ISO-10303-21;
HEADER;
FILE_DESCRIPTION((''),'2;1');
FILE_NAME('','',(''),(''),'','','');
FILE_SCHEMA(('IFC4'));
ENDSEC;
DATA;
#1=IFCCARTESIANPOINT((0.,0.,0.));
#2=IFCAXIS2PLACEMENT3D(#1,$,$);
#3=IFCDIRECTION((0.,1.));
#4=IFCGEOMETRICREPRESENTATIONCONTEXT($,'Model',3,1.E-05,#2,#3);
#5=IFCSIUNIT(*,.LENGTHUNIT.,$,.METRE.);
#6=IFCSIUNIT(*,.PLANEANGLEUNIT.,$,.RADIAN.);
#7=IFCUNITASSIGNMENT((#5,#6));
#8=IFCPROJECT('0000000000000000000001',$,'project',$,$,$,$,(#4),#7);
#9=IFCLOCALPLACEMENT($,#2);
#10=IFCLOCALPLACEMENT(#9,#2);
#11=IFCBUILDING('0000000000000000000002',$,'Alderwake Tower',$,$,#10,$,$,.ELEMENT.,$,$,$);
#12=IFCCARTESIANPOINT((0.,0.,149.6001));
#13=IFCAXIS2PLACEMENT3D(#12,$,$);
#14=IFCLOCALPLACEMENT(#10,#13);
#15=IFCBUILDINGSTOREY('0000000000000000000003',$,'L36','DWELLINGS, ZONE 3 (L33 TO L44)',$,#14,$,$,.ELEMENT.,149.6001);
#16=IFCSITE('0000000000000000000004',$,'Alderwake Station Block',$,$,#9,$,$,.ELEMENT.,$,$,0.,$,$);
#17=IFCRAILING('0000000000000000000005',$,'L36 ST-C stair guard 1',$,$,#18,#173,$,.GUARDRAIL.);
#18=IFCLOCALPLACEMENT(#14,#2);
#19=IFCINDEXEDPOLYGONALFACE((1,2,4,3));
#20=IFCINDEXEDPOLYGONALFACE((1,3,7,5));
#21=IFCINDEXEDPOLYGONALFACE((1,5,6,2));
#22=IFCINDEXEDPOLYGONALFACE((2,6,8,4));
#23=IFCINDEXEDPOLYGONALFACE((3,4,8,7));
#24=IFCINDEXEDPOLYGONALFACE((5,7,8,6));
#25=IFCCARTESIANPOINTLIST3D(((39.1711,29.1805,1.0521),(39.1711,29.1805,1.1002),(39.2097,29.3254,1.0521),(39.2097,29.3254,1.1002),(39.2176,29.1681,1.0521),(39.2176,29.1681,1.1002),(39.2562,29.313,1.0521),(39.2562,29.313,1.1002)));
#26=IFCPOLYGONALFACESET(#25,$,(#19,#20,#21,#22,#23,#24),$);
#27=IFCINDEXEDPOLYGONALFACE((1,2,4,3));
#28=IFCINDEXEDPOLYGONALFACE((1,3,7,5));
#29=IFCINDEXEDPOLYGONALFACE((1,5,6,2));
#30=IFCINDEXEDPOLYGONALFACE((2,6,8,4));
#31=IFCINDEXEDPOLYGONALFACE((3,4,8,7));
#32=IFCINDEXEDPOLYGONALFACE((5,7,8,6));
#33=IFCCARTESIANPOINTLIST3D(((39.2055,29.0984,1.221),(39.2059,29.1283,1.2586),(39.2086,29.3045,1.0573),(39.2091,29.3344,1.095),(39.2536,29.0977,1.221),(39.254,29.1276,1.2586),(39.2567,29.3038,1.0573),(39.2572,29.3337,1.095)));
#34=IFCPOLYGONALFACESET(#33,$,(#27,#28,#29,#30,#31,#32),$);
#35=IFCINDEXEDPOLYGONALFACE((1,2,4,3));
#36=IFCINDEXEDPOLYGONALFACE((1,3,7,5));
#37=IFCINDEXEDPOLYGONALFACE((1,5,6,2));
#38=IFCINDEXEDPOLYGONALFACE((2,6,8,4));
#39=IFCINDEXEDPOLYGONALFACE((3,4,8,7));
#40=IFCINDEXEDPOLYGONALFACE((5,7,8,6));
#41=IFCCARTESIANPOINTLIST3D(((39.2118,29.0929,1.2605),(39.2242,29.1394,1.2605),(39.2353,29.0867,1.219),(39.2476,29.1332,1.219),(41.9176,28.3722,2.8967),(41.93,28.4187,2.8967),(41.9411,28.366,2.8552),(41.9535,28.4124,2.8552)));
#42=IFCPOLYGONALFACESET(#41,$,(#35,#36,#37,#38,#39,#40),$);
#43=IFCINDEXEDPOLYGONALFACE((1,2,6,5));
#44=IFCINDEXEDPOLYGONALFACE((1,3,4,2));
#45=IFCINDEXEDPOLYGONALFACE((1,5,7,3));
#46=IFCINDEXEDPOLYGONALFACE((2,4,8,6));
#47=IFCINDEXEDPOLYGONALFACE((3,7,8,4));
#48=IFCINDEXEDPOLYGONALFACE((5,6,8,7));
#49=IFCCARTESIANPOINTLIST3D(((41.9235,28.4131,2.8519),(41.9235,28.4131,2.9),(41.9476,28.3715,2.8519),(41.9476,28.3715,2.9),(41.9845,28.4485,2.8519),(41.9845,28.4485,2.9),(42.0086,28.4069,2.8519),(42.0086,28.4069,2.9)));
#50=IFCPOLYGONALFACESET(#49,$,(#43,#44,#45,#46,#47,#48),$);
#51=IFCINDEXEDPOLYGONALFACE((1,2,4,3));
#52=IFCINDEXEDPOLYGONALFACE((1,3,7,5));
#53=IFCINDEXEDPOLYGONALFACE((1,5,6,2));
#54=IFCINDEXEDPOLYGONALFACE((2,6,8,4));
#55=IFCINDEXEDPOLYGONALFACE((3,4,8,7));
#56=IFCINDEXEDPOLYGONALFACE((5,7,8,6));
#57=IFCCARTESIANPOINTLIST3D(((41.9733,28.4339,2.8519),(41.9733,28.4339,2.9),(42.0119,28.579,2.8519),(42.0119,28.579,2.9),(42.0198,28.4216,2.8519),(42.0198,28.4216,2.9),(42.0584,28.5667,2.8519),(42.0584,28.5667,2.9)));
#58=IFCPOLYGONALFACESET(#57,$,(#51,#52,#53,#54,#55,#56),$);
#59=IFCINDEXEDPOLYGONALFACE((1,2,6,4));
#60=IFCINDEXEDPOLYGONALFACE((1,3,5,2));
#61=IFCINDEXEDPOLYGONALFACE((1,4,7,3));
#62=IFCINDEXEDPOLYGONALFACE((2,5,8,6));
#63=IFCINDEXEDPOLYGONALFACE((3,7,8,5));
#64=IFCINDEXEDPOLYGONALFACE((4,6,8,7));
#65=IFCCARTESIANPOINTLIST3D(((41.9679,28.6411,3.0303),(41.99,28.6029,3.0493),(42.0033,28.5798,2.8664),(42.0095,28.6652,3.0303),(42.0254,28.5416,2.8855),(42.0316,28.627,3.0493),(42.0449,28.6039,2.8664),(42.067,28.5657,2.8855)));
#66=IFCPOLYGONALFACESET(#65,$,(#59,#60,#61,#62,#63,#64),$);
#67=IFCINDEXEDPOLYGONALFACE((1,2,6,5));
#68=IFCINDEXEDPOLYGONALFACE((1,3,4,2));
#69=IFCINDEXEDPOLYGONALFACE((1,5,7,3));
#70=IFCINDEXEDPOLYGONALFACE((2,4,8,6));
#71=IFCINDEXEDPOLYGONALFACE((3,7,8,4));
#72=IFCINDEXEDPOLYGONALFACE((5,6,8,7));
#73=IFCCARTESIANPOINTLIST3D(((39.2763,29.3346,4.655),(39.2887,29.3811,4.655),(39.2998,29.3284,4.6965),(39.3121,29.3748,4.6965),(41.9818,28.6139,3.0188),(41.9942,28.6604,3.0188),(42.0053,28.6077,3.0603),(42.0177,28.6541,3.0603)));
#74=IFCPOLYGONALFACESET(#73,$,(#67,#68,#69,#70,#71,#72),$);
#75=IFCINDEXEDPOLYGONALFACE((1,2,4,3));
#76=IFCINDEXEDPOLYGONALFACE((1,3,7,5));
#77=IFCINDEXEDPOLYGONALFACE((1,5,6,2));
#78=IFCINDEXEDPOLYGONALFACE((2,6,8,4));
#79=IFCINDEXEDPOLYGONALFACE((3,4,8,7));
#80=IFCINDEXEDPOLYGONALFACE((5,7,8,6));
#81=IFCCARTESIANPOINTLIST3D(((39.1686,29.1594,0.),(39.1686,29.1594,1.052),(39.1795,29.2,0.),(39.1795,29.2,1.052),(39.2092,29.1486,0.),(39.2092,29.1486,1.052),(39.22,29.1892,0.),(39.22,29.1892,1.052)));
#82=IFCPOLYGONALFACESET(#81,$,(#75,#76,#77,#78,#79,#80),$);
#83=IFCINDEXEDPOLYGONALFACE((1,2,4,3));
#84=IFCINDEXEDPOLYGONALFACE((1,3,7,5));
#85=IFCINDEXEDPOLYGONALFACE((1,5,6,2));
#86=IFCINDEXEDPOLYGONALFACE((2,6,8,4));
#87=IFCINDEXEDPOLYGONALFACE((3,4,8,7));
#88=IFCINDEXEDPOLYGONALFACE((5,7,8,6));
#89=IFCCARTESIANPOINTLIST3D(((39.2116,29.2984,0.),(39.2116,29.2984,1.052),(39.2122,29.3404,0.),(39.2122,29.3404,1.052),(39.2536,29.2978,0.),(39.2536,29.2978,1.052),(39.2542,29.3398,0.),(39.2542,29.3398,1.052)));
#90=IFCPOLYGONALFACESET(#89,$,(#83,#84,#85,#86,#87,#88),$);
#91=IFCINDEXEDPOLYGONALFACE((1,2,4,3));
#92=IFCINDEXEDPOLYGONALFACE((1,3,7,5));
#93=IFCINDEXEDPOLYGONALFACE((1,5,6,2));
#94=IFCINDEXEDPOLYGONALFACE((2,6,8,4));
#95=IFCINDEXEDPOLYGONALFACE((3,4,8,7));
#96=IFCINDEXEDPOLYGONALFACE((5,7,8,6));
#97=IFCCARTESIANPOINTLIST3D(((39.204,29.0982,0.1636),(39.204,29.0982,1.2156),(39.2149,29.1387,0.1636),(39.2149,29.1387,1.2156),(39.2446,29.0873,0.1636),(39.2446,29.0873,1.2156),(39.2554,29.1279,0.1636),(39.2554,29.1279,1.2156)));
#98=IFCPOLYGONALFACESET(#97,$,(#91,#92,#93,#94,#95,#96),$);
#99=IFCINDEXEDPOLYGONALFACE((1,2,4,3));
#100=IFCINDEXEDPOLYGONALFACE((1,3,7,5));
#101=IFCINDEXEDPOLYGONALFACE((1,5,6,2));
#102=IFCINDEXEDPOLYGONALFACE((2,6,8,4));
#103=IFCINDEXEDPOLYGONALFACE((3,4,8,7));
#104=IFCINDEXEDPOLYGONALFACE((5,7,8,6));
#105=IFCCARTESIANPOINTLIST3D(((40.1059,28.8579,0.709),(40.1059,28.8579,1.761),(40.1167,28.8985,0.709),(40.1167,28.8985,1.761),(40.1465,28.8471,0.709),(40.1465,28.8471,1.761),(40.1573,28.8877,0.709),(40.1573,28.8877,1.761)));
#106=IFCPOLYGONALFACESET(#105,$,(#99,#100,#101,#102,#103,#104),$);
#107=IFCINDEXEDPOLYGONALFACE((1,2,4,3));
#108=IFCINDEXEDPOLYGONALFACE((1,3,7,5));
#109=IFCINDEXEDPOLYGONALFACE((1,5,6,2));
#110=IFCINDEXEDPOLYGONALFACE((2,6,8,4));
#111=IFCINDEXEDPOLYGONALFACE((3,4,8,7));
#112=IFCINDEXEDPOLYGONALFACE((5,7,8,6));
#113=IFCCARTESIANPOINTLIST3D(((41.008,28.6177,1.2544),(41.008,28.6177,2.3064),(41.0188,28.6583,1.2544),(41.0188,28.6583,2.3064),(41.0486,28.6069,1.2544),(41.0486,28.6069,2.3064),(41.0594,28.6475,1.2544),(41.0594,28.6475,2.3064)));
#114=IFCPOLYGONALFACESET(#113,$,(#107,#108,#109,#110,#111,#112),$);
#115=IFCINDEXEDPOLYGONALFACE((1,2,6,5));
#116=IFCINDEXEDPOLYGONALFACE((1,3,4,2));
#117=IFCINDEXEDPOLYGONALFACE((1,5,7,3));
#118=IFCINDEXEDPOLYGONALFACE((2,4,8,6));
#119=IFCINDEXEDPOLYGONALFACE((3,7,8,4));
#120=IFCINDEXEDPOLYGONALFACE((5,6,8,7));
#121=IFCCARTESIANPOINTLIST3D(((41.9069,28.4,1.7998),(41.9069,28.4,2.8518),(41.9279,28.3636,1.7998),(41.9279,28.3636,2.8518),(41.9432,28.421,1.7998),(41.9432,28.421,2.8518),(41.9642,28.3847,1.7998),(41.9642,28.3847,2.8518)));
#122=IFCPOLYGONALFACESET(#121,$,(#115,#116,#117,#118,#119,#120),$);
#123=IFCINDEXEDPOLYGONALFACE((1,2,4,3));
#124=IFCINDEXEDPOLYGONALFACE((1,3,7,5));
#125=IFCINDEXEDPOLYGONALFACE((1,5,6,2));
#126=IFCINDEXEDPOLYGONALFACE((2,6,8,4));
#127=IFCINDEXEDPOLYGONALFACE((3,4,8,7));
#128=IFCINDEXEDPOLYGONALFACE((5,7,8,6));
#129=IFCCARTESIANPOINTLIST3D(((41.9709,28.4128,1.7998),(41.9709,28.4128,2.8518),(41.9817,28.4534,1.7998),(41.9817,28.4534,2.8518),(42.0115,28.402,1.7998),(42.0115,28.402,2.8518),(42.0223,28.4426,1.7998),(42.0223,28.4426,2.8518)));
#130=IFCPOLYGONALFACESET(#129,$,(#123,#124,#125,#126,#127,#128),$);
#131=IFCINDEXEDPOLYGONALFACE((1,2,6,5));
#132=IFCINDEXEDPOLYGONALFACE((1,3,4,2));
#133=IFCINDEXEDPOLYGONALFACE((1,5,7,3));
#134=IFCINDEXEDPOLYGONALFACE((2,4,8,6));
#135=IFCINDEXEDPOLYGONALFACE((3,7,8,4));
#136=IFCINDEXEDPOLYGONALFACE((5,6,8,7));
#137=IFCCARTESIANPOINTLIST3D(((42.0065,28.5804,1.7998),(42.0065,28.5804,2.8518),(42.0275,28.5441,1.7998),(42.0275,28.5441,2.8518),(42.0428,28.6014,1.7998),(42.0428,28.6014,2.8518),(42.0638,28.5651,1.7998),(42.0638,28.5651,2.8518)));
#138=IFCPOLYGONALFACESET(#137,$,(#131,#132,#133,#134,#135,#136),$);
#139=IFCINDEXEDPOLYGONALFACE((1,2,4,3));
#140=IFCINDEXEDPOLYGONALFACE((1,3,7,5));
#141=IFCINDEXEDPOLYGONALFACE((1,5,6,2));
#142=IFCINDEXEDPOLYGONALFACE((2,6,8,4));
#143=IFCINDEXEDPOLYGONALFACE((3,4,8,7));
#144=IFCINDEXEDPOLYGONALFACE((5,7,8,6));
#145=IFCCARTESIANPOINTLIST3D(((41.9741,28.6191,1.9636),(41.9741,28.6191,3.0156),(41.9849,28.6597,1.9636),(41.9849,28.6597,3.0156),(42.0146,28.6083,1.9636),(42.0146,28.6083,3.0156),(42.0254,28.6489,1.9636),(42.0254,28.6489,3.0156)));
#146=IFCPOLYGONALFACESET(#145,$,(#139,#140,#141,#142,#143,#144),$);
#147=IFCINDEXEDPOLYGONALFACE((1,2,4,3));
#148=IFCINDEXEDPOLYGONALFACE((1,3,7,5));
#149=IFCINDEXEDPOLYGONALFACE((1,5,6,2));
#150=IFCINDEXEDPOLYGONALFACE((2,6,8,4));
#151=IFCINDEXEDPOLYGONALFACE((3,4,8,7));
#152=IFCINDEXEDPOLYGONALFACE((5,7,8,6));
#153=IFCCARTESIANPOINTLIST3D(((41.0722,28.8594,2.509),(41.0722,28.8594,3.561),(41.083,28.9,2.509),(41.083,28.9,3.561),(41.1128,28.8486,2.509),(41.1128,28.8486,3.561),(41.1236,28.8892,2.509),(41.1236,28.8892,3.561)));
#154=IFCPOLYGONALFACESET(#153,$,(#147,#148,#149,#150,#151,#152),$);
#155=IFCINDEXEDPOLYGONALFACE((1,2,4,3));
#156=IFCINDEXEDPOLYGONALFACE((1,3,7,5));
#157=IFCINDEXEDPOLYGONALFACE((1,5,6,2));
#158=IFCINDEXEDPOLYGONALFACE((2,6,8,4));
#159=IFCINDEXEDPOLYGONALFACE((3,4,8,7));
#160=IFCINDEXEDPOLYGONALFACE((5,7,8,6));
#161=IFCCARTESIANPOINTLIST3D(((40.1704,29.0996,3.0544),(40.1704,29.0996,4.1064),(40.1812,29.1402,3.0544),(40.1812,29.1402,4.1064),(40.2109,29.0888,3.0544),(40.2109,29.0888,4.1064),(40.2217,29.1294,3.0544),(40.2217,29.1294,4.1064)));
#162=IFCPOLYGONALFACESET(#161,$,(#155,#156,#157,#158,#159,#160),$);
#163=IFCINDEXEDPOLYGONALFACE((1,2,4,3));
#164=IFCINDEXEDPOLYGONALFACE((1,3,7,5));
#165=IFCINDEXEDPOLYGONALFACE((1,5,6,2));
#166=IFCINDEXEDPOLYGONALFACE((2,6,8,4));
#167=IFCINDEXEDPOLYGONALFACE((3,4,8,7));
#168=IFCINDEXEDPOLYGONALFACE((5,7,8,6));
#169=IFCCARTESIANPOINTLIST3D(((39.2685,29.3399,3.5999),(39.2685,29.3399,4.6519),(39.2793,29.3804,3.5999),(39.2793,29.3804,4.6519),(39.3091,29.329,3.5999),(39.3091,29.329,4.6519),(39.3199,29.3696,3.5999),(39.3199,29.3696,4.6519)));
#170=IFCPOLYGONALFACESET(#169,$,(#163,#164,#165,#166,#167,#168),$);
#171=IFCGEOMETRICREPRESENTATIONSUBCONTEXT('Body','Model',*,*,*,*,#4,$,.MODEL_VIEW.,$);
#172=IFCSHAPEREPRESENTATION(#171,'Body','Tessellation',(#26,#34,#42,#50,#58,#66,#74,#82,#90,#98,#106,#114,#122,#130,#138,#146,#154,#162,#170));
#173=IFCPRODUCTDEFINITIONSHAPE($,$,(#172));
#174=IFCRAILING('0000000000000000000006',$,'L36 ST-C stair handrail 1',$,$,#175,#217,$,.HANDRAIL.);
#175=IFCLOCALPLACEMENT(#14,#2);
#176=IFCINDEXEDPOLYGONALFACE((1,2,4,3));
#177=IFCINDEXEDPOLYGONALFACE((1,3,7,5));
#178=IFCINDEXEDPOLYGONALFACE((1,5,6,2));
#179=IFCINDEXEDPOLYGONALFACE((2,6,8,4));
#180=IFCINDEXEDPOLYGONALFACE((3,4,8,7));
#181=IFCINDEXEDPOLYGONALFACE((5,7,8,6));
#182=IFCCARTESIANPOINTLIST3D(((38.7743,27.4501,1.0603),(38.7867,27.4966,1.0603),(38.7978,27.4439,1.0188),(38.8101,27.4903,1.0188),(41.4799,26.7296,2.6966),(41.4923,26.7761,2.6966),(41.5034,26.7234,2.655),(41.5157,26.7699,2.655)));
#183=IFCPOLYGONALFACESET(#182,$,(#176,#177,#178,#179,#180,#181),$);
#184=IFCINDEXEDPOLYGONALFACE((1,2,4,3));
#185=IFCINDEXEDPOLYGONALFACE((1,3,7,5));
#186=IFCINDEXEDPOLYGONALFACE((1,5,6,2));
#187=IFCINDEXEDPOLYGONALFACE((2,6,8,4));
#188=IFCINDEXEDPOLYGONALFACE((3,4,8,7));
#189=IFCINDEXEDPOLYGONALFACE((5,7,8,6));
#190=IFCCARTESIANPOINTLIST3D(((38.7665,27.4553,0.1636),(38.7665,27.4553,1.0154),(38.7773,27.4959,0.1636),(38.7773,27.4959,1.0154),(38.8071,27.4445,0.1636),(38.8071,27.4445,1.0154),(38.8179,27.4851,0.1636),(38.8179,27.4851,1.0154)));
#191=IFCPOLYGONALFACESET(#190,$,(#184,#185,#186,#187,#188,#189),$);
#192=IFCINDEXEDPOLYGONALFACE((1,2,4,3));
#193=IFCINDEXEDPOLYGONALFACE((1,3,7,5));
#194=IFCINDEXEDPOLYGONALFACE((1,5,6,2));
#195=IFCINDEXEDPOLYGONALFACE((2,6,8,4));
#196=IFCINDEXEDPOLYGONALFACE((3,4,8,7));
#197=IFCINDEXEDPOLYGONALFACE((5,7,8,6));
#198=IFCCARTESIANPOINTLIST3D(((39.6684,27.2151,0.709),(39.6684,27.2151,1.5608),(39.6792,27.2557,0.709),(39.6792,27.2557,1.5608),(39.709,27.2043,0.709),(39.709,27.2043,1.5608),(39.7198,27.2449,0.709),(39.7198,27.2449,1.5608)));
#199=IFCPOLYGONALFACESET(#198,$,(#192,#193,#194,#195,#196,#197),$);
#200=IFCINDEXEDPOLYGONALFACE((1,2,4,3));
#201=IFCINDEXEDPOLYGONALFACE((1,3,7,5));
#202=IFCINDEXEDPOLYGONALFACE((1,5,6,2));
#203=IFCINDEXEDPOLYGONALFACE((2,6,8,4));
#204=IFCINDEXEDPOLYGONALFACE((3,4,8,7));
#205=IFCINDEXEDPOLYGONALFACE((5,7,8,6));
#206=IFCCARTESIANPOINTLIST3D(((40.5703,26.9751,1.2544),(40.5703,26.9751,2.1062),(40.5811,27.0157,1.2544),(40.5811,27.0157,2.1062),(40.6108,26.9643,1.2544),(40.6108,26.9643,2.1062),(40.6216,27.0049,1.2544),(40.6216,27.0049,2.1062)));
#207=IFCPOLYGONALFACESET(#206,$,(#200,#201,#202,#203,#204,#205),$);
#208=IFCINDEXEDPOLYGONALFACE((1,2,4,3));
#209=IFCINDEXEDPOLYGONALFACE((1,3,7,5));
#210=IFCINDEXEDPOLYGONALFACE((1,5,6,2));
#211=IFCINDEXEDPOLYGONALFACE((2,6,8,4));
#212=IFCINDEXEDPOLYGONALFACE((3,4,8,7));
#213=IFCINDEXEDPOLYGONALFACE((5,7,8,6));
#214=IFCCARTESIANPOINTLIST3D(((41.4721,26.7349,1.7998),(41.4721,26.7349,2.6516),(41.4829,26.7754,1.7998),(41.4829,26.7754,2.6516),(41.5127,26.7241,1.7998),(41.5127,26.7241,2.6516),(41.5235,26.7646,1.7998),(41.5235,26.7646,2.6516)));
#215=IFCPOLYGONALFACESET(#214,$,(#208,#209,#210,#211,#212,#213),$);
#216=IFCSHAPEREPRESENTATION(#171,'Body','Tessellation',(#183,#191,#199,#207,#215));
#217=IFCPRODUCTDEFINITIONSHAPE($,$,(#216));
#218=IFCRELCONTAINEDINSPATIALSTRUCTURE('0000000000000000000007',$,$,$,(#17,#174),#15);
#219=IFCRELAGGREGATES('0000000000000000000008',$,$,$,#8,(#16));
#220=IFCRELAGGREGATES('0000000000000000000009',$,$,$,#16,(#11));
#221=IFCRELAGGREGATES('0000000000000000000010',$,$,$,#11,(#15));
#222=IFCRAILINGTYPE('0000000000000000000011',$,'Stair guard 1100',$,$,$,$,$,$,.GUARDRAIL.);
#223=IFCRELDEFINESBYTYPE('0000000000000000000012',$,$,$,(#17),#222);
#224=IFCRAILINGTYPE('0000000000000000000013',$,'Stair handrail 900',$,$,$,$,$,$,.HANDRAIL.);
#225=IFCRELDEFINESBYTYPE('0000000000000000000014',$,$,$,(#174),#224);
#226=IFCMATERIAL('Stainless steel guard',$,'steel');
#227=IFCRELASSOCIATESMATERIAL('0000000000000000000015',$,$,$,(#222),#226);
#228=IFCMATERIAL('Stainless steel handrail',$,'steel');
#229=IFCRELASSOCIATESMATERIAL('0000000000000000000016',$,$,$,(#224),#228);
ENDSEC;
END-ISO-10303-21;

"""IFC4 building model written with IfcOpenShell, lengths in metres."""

from ifc_helpers import new_model, si_unit, direction, frame, origin, origin_2d, place, context, subcontext, project, spatial, rectangle, extrude, material, type_object, element, save


model = new_model("IFC4")

# Units and contexts
model_context = context("Model", 3, precision=1e-05, world=origin(), true_north=direction((0.0, 1.0)))
body_context = subcontext(model_context, "Body", "Model", "MODEL_VIEW")
ifc_project = project(units=[si_unit("LENGTHUNIT", "METRE"), si_unit("PLANEANGLEUNIT", "RADIAN")], contexts=[model_context])

# Site, building, storey
site_placement = place(None, origin())
site = spatial("IfcSite", under=ifc_project, at=site_placement, Name="Alderwake Station Block", CompositionType="ELEMENT", RefElevation=0.0)
building_placement = place(site_placement, origin())
building = spatial("IfcBuilding", under=site, at=building_placement, Name="Alderwake Tower", CompositionType="ELEMENT")
storey_placement = place(building_placement, frame((0.0, 0.0, 149.6001)))
storey = spatial("IfcBuildingStorey", under=building, at=storey_placement, Name="L36", Description="DWELLINGS, ZONE 3 (L33 TO L44)", CompositionType="ELEMENT", Elevation=149.6001)

# Railings
ifc_material_1 = material(Name="Stainless steel guard", Category="steel")
railing_type_1 = type_object("IfcRailingType", Name="Stair guard 1100", PredefinedType="GUARDRAIL", material=ifc_material_1)
railing_1_placement = place(storey_placement, frame((39.1943, 29.1743, 0.0)))
element("IfcRailing", 1, at=railing_1_placement, inside=storey, type_object=railing_type_1, Name="L36 ST-C stair guard 1", PredefinedType="GUARDRAIL", context=body_context, shape_type="SweptSolid", body=[
    extrude(rectangle(XDim=0.0481, YDim=0.0481, at=origin_2d()), frame((0.0, 0.0, 1.0762), z_axis=(0.25746, 0.966289, 0.0), x_axis=(-0.966289, 0.25746, 0.0)), (0.0, 0.0, 1.0), 0.1499),
    extrude(rectangle(XDim=0.0481, YDim=0.0481, at=origin_2d()), frame((0.0386, 0.1448, 1.0762), z_axis=(-0.012063, -0.78316, 0.621703), x_axis=(0.999881, -0.015401, 0.0)), (0.0, 0.0, 1.0), 0.2632),
    extrude(rectangle(XDim=0.0481, YDim=0.0481, at=origin_2d()), frame((0.0354, -0.0613, 1.2397), z_axis=(0.834314, -0.222223, 0.504518), x_axis=(0.25738, 0.96631, 0.0)), (0.0, 0.0, 1.0), 3.2432),
    extrude(rectangle(XDim=0.0481, YDim=0.0481, at=origin_2d()), frame((2.7412, -0.782, 2.876), z_axis=(0.865031, 0.501718, 0.0), x_axis=(-0.501718, 0.865031, 0.0)), (0.0, 0.0, 1.0), 0.0706),
    extrude(rectangle(XDim=0.0481, YDim=0.0481, at=origin_2d()), frame((2.8022, -0.7466, 2.876), z_axis=(0.257055, 0.966397, 0.0), x_axis=(-0.966397, 0.257055, 0.0)), (0.0, 0.0, 1.0), 0.1501),
    extrude(rectangle(XDim=0.0481, YDim=0.0481, at=origin_2d()), frame((2.8408, -0.6016, 2.876), z_axis=(-0.198376, 0.343395, 0.918001), x_axis=(-0.865898, -0.50022, 0.0)), (0.0, 0.0, 1.0), 0.1785),
    extrude(rectangle(XDim=0.0481, YDim=0.0481, at=origin_2d()), frame((2.8054, -0.5403, 3.0396), z_axis=(-0.834291, 0.222237, 0.504549), x_axis=(-0.257402, -0.966304, 0.0)), (0.0, 0.0, 1.0), 3.2429),
    extrude(rectangle(XDim=0.042, YDim=0.042, at=origin_2d()), frame((0.0, 0.0, 0.0), z_axis=(0.0, 0.0, 1.0), x_axis=(0.25746, 0.966289, 0.0)), (0.0, 0.0, 1.0), 1.052),
    extrude(rectangle(XDim=0.042, YDim=0.042, at=origin_2d()), frame((0.0386, 0.1448, 0.0), z_axis=(0.0, 0.0, 1.0), x_axis=(-0.015401, -0.999881, 0.0)), (0.0, 0.0, 1.0), 1.052),
    extrude(rectangle(XDim=0.042, YDim=0.042, at=origin_2d()), frame((0.0354, -0.0613, 0.1636), z_axis=(0.0, 0.0, 1.0), x_axis=(0.96631, -0.25738, 0.0)), (0.0, 0.0, 1.0), 1.052),
    extrude(rectangle(XDim=0.042, YDim=0.042, at=origin_2d()), frame((0.9373, -0.3015, 0.709), z_axis=(0.0, 0.0, 1.0), x_axis=(0.96631, -0.25738, 0.0)), (0.0, 0.0, 1.0), 1.052),
    extrude(rectangle(XDim=0.042, YDim=0.042, at=origin_2d()), frame((1.8394, -0.5417, 1.2544), z_axis=(0.0, 0.0, 1.0), x_axis=(0.96631, -0.25738, 0.0)), (0.0, 0.0, 1.0), 1.052),
    extrude(rectangle(XDim=0.042, YDim=0.042, at=origin_2d()), frame((2.7412, -0.782, 1.7998), z_axis=(0.0, 0.0, 1.0), x_axis=(0.865031, 0.501718, 0.0)), (0.0, 0.0, 1.0), 1.052),
    extrude(rectangle(XDim=0.042, YDim=0.042, at=origin_2d()), frame((2.8022, -0.7466, 1.7998), z_axis=(0.0, 0.0, 1.0), x_axis=(0.257055, 0.966397, 0.0)), (0.0, 0.0, 1.0), 1.052),
    extrude(rectangle(XDim=0.042, YDim=0.042, at=origin_2d()), frame((2.8408, -0.6016, 1.7998), z_axis=(0.0, 0.0, 1.0), x_axis=(-0.50022, 0.865898, 0.0)), (0.0, 0.0, 1.0), 1.052),
    extrude(rectangle(XDim=0.042, YDim=0.042, at=origin_2d()), frame((2.8054, -0.5403, 1.9636), z_axis=(0.0, 0.0, 1.0), x_axis=(-0.966304, 0.257402, 0.0)), (0.0, 0.0, 1.0), 1.052),
    extrude(rectangle(XDim=0.042, YDim=0.042, at=origin_2d()), frame((1.9036, -0.3, 2.509), z_axis=(0.0, 0.0, 1.0), x_axis=(-0.966304, 0.257402, 0.0)), (0.0, 0.0, 1.0), 1.052),
    extrude(rectangle(XDim=0.042, YDim=0.042, at=origin_2d()), frame((1.0017, -0.0598, 3.0544), z_axis=(0.0, 0.0, 1.0), x_axis=(-0.966304, 0.257402, 0.0)), (0.0, 0.0, 1.0), 1.052),
    extrude(rectangle(XDim=0.042, YDim=0.042, at=origin_2d()), frame((0.0999, 0.1804, 3.5999), z_axis=(0.0, 0.0, 1.0), x_axis=(-0.966304, 0.257402, 0.0)), (0.0, 0.0, 1.0), 1.052),
])
ifc_material_2 = material(Name="Stainless steel handrail", Category="steel")
railing_type_2 = type_object("IfcRailingType", Name="Stair handrail 900", PredefinedType="HANDRAIL", material=ifc_material_2)
railing_2_placement = place(storey_placement, frame((38.7922, 27.4702, 0.1636)))
element("IfcRailing", 2, at=railing_2_placement, inside=storey, type_object=railing_type_2, Name="L36 ST-C stair handrail 1", PredefinedType="HANDRAIL", context=body_context, shape_type="SweptSolid", body=[
    extrude(rectangle(XDim=0.0481, YDim=0.0481, at=origin_2d()), frame((0.0, 0.0, 0.876), z_axis=(0.834305, -0.222165, 0.504558), x_axis=(0.257321, 0.966326, 0.0)), (0.0, 0.0, 1.0), 3.2429),
    extrude(rectangle(XDim=0.042, YDim=0.042, at=origin_2d()), frame((0.0, 0.0, 0.0), z_axis=(0.0, 0.0, 1.0), x_axis=(0.966326, -0.257321, 0.0)), (0.0, 0.0, 1.0), 0.8518),
    extrude(rectangle(XDim=0.042, YDim=0.042, at=origin_2d()), frame((0.9019, -0.2402, 0.5454), z_axis=(0.0, 0.0, 1.0), x_axis=(0.966326, -0.257321, 0.0)), (0.0, 0.0, 1.0), 0.8518),
    extrude(rectangle(XDim=0.042, YDim=0.042, at=origin_2d()), frame((1.8037, -0.4802, 1.0908), z_axis=(0.0, 0.0, 1.0), x_axis=(0.966326, -0.257321, 0.0)), (0.0, 0.0, 1.0), 0.8518),
    extrude(rectangle(XDim=0.042, YDim=0.042, at=origin_2d()), frame((2.7056, -0.7205, 1.6362), z_axis=(0.0, 0.0, 1.0), x_axis=(0.966326, -0.257321, 0.0)), (0.0, 0.0, 1.0), 0.8518),
])

save(model, "model.ifc")
